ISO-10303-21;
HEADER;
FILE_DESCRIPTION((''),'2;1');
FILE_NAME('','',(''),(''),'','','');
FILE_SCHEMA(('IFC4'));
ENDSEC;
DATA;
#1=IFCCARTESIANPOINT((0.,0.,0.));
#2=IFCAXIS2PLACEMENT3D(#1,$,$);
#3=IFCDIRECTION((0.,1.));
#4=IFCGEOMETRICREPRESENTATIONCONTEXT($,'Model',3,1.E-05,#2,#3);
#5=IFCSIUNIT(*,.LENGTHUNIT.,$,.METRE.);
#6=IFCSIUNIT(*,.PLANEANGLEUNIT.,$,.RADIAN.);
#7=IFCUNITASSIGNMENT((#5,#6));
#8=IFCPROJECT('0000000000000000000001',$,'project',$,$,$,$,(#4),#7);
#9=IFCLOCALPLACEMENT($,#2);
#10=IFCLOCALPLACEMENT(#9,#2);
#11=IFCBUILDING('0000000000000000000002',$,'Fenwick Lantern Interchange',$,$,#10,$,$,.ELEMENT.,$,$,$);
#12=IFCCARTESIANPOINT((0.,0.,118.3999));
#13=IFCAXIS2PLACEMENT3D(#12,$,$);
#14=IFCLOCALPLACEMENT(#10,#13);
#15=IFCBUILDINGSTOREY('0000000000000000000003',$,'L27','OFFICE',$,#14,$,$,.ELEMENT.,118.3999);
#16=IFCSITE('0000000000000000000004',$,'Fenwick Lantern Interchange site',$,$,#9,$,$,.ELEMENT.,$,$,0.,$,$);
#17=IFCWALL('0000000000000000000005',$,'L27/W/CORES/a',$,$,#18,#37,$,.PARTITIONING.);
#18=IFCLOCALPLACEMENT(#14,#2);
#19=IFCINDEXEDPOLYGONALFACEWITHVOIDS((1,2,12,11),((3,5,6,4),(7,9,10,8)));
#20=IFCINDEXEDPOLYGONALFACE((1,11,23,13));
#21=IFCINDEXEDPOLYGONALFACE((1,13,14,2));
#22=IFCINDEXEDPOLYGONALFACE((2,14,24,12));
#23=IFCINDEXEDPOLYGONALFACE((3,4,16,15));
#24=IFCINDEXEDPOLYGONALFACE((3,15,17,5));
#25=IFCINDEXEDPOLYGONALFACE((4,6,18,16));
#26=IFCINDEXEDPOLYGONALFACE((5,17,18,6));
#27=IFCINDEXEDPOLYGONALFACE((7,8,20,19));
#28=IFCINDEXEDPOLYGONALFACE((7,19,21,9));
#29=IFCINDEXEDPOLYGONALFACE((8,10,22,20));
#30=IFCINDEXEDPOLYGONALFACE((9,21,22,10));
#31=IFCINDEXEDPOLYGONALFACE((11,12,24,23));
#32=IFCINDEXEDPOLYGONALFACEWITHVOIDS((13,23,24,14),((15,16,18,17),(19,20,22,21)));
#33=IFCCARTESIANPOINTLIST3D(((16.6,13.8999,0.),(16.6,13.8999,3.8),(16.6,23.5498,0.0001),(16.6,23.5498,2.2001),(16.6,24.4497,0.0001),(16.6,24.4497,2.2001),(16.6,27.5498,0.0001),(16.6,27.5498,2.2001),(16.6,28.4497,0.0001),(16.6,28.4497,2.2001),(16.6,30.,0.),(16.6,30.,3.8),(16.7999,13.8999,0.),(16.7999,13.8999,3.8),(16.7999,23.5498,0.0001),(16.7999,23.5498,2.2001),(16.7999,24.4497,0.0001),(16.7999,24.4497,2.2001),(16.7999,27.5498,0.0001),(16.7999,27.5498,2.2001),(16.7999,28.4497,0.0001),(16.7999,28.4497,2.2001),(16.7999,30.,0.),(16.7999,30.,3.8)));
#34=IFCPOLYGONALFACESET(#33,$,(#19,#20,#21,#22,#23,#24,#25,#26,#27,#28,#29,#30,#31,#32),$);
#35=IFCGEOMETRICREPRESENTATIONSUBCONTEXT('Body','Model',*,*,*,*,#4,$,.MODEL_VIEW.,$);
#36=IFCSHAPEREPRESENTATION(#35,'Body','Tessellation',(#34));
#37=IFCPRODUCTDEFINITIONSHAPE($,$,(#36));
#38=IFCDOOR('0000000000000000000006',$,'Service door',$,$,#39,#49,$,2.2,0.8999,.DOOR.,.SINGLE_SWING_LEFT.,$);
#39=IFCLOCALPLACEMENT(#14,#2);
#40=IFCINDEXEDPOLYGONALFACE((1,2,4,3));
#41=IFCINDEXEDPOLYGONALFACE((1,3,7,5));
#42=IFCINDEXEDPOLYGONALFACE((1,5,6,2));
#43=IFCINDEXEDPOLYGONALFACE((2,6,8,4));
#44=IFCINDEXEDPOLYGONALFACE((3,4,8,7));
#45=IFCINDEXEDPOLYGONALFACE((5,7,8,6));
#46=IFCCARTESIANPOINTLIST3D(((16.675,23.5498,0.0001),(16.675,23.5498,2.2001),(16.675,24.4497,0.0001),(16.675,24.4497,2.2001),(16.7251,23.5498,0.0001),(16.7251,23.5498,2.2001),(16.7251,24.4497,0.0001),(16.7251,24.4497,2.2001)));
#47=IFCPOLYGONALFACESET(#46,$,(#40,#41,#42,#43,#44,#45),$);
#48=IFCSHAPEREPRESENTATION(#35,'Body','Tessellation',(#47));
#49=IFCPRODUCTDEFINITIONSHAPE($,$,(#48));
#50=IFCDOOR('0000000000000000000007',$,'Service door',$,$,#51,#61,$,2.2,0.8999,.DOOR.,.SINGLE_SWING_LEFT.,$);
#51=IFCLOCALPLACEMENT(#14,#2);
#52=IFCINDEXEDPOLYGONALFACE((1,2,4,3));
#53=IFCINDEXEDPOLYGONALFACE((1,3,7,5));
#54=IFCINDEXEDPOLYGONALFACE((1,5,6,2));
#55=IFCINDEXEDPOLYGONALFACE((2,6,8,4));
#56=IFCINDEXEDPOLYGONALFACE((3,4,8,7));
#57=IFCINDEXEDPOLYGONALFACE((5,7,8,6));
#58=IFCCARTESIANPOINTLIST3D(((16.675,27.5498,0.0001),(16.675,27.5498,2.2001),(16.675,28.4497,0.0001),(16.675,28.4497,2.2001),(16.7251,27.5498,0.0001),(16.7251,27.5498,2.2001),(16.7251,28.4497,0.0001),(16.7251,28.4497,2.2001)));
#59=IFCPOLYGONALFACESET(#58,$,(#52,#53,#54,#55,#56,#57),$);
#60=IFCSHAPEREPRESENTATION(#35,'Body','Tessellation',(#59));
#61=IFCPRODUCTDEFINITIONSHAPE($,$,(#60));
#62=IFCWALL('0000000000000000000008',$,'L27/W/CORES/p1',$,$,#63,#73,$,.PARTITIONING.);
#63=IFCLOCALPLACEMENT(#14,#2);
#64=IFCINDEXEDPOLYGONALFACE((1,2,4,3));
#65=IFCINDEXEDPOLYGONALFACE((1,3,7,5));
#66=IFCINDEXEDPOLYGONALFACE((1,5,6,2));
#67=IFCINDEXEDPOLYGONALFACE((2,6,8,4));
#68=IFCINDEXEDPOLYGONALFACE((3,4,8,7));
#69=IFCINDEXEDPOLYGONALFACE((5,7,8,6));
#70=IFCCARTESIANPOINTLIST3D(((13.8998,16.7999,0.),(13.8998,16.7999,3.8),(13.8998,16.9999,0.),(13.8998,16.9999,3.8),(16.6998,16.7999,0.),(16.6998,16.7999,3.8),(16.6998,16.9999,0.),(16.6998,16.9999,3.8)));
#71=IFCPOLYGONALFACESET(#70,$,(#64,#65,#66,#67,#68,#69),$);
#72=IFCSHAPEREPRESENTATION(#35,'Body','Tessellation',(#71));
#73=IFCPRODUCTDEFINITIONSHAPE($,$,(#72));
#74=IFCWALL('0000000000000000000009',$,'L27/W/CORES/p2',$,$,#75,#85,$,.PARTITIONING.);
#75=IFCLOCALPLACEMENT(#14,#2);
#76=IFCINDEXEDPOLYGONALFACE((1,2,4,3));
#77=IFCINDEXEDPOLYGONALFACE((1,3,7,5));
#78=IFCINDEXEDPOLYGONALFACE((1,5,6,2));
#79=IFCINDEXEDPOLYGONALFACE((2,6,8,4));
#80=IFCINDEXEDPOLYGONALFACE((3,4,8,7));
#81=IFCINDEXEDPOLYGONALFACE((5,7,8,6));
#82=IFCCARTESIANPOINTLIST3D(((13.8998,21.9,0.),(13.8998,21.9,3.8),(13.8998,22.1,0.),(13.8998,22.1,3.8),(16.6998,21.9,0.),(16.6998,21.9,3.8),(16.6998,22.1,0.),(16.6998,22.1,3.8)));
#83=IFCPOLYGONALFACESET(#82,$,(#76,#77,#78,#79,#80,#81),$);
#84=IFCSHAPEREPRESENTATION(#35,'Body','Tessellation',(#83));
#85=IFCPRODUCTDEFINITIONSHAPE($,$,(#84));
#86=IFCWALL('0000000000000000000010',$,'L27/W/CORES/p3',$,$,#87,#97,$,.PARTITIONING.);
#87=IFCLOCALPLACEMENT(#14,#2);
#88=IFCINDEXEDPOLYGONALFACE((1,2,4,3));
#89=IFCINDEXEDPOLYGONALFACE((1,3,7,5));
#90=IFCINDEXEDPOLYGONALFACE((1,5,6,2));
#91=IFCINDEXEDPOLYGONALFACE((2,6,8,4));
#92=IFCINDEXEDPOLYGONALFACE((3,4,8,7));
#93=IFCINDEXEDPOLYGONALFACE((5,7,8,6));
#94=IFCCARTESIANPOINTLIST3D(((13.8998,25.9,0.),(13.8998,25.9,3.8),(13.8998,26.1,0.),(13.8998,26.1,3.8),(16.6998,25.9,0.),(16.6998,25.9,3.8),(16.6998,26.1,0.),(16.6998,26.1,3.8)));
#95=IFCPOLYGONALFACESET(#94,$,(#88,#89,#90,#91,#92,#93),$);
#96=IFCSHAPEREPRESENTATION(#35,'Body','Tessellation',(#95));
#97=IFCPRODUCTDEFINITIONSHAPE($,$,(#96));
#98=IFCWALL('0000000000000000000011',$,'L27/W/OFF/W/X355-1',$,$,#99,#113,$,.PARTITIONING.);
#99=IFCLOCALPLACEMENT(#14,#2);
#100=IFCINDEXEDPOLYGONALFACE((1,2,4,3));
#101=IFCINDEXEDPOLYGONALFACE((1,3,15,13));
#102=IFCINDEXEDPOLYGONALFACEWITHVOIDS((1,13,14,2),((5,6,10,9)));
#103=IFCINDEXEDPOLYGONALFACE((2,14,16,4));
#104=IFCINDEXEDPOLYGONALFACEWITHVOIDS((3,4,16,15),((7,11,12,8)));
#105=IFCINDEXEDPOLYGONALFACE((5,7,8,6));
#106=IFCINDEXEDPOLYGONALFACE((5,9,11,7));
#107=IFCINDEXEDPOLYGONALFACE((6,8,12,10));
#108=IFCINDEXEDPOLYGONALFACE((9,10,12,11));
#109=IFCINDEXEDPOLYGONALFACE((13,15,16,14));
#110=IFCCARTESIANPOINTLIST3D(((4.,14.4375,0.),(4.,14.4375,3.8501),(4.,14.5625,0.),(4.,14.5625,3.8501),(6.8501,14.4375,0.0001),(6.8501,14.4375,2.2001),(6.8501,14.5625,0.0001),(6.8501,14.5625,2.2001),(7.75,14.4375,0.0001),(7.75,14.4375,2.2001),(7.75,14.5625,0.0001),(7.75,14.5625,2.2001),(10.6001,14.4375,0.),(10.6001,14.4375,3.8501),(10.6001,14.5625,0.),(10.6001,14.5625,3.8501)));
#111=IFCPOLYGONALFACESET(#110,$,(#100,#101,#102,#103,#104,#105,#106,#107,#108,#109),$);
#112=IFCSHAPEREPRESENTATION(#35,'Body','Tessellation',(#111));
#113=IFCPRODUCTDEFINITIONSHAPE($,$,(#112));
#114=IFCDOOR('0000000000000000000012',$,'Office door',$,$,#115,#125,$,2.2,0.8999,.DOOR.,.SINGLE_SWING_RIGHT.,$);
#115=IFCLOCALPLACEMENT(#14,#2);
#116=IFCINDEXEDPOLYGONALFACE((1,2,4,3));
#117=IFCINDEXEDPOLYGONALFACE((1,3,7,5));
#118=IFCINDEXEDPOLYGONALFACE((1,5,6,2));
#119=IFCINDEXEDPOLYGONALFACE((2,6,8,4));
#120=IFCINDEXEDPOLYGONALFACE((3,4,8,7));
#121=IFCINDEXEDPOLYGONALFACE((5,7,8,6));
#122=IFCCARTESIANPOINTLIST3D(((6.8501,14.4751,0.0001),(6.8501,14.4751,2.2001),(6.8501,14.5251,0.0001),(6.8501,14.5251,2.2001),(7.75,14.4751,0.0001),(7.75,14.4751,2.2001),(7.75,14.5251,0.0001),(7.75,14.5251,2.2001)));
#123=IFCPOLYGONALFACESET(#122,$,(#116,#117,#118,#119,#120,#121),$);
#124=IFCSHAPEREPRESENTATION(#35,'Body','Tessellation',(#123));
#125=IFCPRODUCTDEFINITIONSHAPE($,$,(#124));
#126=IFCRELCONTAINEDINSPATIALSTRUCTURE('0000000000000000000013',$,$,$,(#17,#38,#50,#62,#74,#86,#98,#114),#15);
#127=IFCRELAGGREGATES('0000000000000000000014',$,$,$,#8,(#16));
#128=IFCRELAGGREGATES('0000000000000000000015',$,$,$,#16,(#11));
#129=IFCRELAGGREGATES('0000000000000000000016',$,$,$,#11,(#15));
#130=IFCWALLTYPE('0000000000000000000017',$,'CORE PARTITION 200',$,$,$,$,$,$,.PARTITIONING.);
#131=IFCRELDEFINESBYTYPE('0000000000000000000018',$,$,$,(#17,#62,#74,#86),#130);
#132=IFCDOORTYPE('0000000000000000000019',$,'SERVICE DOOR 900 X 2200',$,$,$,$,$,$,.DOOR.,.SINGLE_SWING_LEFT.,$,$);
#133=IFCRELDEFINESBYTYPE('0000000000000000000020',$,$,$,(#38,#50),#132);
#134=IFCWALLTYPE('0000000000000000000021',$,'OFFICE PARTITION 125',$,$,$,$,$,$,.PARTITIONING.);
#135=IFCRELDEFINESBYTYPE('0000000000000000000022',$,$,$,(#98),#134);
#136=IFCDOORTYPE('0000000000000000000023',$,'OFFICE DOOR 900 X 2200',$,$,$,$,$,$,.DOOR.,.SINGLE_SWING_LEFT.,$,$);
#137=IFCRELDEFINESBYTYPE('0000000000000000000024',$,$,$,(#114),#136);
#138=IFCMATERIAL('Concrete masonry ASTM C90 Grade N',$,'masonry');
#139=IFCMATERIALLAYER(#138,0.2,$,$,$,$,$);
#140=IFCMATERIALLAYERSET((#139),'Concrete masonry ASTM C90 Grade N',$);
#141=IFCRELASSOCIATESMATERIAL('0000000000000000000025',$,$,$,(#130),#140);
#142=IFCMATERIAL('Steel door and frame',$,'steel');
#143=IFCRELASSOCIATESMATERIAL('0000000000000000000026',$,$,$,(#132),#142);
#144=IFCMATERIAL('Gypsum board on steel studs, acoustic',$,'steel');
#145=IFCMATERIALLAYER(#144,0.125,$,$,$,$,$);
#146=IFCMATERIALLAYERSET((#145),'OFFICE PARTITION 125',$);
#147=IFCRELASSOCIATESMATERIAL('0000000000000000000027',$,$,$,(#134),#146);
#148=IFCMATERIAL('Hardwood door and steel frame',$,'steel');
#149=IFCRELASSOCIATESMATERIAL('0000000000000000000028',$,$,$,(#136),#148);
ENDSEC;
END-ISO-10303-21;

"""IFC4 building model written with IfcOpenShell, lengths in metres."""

from ifc_helpers import new_model, si_unit, direction, frame, frame_2d, origin, place, context, subcontext, project, spatial, rectangle, extrude, material, layer, layer_set, type_object, element, fill, save


model = new_model("IFC4")

# Units and contexts
model_context = context("Model", 3, precision=1e-05, world=origin(), true_north=direction((0.0, 1.0)))
body_context = subcontext(model_context, "Body", "Model", "MODEL_VIEW")
ifc_project = project(units=[si_unit("LENGTHUNIT", "METRE"), si_unit("PLANEANGLEUNIT", "RADIAN")], contexts=[model_context])

# Site, building, storey
site_placement = place(None, origin())
site = spatial("IfcSite", under=ifc_project, at=site_placement, Name="Fenwick Lantern Interchange site", CompositionType="ELEMENT", RefElevation=0.0)
building_placement = place(site_placement, origin())
building = spatial("IfcBuilding", under=site, at=building_placement, Name="Fenwick Lantern Interchange", CompositionType="ELEMENT")
storey_placement = place(building_placement, frame((0.0, 0.0, 118.3999)))
storey = spatial("IfcBuildingStorey", under=building, at=storey_placement, Name="L27", Description="OFFICE", CompositionType="ELEMENT", Elevation=118.3999)

# Wall, openings, doors
ifc_material_1 = material(Name="Concrete masonry ASTM C90 Grade N", Category="masonry")
ifc_layer_1 = layer(ifc_material_1, 0.2)
ifc_layer_set_1 = layer_set([ifc_layer_1], Name="Concrete masonry ASTM C90 Grade N")
wall_type_1 = type_object("IfcWallType", Name="CORE PARTITION 200", PredefinedType="PARTITIONING", material=ifc_layer_set_1)
wall_1_placement = place(storey_placement, frame((16.7, 13.8999, 0.0), z_axis=(0.0, 0.0, 1.0), x_axis=(0.0, 1.0, 0.0)))
wall_1 = element("IfcWall", 1, at=wall_1_placement, inside=storey, type_object=wall_type_1, Name="L27/W/CORES/a", PredefinedType="PARTITIONING", context=body_context, shape_type="SweptSolid", body=[
    extrude(rectangle(XDim=16.1001, YDim=0.2, at=frame_2d((8.05, 0.0))), origin(), (0.0, 0.0, 1.0), 3.8),
])
opening_1_placement = place(wall_1_placement, frame((9.6499, 0.0, 0.0)))
opening_1 = element("IfcOpeningElement", 2, at=opening_1_placement, cuts=wall_1, PredefinedType="OPENING", context=body_context, shape_type="SweptSolid", body=[
    extrude(rectangle(XDim=0.8999, YDim=2.2, at=frame_2d((0.45, 1.1001))), frame((0.0, 0.1099, 0.0), z_axis=(0.0, -1.0, 0.0), x_axis=(1.0, 0.0, 0.0)), (0.0, 0.0, 1.0), 0.22),
])
opening_2_placement = place(wall_1_placement, frame((13.6499, 0.0, 0.0)))
opening_2 = element("IfcOpeningElement", 3, at=opening_2_placement, cuts=wall_1, PredefinedType="OPENING", context=body_context, shape_type="SweptSolid", body=[
    extrude(rectangle(XDim=0.8999, YDim=2.2, at=frame_2d((0.45, 1.1001))), frame((0.0, 0.1099, 0.0), z_axis=(0.0, -1.0, 0.0), x_axis=(1.0, 0.0, 0.0)), (0.0, 0.0, 1.0), 0.22),
])
ifc_material_2 = material(Name="Steel door and frame", Category="steel")
door_type_1 = type_object("IfcDoorType", Name="SERVICE DOOR 900 X 2200", OperationType="SINGLE_SWING_LEFT", PredefinedType="DOOR", material=ifc_material_2)
door_1_placement = place(opening_1_placement, origin())
door_1 = element("IfcDoor", 4, at=door_1_placement, inside=storey, type_object=door_type_1, Name="Service door", OperationType="SINGLE_SWING_LEFT", OverallHeight=2.2, OverallWidth=0.8999, PredefinedType="DOOR", context=body_context, shape_type="SweptSolid", body=[
    extrude(rectangle(XDim=0.8999, YDim=2.2, at=frame_2d((0.45, 1.1001))), frame((0.0, 0.0249, 0.0), z_axis=(0.0, -1.0, 0.0), x_axis=(1.0, 0.0, 0.0)), (0.0, 0.0, 1.0), 0.05),
])
fill(opening_1, door_1)
door_2_placement = place(opening_2_placement, origin())
door_2 = element("IfcDoor", 5, at=door_2_placement, inside=storey, type_object=door_type_1, Name="Service door", OperationType="SINGLE_SWING_LEFT", OverallHeight=2.2, OverallWidth=0.8999, PredefinedType="DOOR", context=body_context, shape_type="SweptSolid", body=[
    extrude(rectangle(XDim=0.8999, YDim=2.2, at=frame_2d((0.45, 1.1001))), frame((0.0, 0.0249, 0.0), z_axis=(0.0, -1.0, 0.0), x_axis=(1.0, 0.0, 0.0)), (0.0, 0.0, 1.0), 0.05),
])
fill(opening_2, door_2)

# Walls
for number, where, z_axis, x_axis, name in (
    (6, (13.8999, 16.8999, 0.0), (0.0, 0.0, 1.0), (1.0, 0.0, 0.0), "L27/W/CORES/p1"),
    (7, (13.8999, 22.0, 0.0), (0.0, 0.0, 1.0), (1.0, 0.0, 0.0), "L27/W/CORES/p2"),
    (8, (13.8999, 26.0, 0.0), (0.0, 0.0, 1.0), (1.0, 0.0, 0.0), "L27/W/CORES/p3"),
):
    element("IfcWall", number, at=place(storey_placement, frame(where, z_axis=z_axis, x_axis=x_axis)), inside=storey, type_object=wall_type_1, Name=name, PredefinedType="PARTITIONING", context=body_context, shape_type="SweptSolid", body=[
        extrude(rectangle(XDim=2.8, YDim=0.2, at=frame_2d((1.3999, 0.0))), origin(), (0.0, 0.0, 1.0), 3.8),
    ])

# Shared definitions
ifc_material_3 = material(Name="Hardwood door and steel frame", Category="steel")

# Wall, opening, door
ifc_material_4 = material(Name="Gypsum board on steel studs, acoustic", Category="steel")
ifc_layer_2 = layer(ifc_material_4, 0.125)
ifc_layer_set_2 = layer_set([ifc_layer_2], Name="OFFICE PARTITION 125")
wall_type_2 = type_object("IfcWallType", Name="OFFICE PARTITION 125", PredefinedType="PARTITIONING", material=ifc_layer_set_2)
wall_2_placement = place(storey_placement, frame((4.0, 14.5, 0.0), z_axis=(0.0, 0.0, 1.0), x_axis=(1.0, 0.0, 0.0)))
wall_2 = element("IfcWall", 9, at=wall_2_placement, inside=storey, type_object=wall_type_2, Name="L27/W/OFF/W/X355-1", PredefinedType="PARTITIONING", context=body_context, shape_type="SweptSolid", body=[
    extrude(rectangle(XDim=6.6001, YDim=0.125, at=frame_2d((3.3, 0.0))), origin(), (0.0, 0.0, 1.0), 3.8501),
])
opening_3_placement = place(wall_2_placement, frame((2.8501, 0.0, 0.0)))
opening_3 = element("IfcOpeningElement", 10, at=opening_3_placement, cuts=wall_2, PredefinedType="OPENING", context=body_context, shape_type="SweptSolid", body=[
    extrude(rectangle(XDim=0.8999, YDim=2.2, at=frame_2d((0.45, 1.1001))), frame((0.0, 0.0725, 0.0), z_axis=(0.0, -1.0, 0.0), x_axis=(1.0, 0.0, 0.0)), (0.0, 0.0, 1.0), 0.145),
])
door_type_2 = type_object("IfcDoorType", Name="OFFICE DOOR 900 X 2200", OperationType="SINGLE_SWING_LEFT", PredefinedType="DOOR", material=ifc_material_3)
door_3_placement = place(opening_3_placement, frame((0.8999, 0.0, 0.0), z_axis=(0.0, 0.0, 1.0), x_axis=(-1.0, 0.0, 0.0)))
door_3 = element("IfcDoor", 11, at=door_3_placement, inside=storey, type_object=door_type_2, Name="Office door", OperationType="SINGLE_SWING_RIGHT", OverallHeight=2.2, OverallWidth=0.8999, PredefinedType="DOOR", context=body_context, shape_type="SweptSolid", body=[
    extrude(rectangle(XDim=0.8999, YDim=2.2, at=frame_2d((0.45, 1.1001))), frame((0.0, 0.0249, 0.0), z_axis=(0.0, -1.0, 0.0), x_axis=(1.0, 0.0, 0.0)), (0.0, 0.0, 1.0), 0.05),
])
fill(opening_3, door_3)

save(model, "model.ifc")
